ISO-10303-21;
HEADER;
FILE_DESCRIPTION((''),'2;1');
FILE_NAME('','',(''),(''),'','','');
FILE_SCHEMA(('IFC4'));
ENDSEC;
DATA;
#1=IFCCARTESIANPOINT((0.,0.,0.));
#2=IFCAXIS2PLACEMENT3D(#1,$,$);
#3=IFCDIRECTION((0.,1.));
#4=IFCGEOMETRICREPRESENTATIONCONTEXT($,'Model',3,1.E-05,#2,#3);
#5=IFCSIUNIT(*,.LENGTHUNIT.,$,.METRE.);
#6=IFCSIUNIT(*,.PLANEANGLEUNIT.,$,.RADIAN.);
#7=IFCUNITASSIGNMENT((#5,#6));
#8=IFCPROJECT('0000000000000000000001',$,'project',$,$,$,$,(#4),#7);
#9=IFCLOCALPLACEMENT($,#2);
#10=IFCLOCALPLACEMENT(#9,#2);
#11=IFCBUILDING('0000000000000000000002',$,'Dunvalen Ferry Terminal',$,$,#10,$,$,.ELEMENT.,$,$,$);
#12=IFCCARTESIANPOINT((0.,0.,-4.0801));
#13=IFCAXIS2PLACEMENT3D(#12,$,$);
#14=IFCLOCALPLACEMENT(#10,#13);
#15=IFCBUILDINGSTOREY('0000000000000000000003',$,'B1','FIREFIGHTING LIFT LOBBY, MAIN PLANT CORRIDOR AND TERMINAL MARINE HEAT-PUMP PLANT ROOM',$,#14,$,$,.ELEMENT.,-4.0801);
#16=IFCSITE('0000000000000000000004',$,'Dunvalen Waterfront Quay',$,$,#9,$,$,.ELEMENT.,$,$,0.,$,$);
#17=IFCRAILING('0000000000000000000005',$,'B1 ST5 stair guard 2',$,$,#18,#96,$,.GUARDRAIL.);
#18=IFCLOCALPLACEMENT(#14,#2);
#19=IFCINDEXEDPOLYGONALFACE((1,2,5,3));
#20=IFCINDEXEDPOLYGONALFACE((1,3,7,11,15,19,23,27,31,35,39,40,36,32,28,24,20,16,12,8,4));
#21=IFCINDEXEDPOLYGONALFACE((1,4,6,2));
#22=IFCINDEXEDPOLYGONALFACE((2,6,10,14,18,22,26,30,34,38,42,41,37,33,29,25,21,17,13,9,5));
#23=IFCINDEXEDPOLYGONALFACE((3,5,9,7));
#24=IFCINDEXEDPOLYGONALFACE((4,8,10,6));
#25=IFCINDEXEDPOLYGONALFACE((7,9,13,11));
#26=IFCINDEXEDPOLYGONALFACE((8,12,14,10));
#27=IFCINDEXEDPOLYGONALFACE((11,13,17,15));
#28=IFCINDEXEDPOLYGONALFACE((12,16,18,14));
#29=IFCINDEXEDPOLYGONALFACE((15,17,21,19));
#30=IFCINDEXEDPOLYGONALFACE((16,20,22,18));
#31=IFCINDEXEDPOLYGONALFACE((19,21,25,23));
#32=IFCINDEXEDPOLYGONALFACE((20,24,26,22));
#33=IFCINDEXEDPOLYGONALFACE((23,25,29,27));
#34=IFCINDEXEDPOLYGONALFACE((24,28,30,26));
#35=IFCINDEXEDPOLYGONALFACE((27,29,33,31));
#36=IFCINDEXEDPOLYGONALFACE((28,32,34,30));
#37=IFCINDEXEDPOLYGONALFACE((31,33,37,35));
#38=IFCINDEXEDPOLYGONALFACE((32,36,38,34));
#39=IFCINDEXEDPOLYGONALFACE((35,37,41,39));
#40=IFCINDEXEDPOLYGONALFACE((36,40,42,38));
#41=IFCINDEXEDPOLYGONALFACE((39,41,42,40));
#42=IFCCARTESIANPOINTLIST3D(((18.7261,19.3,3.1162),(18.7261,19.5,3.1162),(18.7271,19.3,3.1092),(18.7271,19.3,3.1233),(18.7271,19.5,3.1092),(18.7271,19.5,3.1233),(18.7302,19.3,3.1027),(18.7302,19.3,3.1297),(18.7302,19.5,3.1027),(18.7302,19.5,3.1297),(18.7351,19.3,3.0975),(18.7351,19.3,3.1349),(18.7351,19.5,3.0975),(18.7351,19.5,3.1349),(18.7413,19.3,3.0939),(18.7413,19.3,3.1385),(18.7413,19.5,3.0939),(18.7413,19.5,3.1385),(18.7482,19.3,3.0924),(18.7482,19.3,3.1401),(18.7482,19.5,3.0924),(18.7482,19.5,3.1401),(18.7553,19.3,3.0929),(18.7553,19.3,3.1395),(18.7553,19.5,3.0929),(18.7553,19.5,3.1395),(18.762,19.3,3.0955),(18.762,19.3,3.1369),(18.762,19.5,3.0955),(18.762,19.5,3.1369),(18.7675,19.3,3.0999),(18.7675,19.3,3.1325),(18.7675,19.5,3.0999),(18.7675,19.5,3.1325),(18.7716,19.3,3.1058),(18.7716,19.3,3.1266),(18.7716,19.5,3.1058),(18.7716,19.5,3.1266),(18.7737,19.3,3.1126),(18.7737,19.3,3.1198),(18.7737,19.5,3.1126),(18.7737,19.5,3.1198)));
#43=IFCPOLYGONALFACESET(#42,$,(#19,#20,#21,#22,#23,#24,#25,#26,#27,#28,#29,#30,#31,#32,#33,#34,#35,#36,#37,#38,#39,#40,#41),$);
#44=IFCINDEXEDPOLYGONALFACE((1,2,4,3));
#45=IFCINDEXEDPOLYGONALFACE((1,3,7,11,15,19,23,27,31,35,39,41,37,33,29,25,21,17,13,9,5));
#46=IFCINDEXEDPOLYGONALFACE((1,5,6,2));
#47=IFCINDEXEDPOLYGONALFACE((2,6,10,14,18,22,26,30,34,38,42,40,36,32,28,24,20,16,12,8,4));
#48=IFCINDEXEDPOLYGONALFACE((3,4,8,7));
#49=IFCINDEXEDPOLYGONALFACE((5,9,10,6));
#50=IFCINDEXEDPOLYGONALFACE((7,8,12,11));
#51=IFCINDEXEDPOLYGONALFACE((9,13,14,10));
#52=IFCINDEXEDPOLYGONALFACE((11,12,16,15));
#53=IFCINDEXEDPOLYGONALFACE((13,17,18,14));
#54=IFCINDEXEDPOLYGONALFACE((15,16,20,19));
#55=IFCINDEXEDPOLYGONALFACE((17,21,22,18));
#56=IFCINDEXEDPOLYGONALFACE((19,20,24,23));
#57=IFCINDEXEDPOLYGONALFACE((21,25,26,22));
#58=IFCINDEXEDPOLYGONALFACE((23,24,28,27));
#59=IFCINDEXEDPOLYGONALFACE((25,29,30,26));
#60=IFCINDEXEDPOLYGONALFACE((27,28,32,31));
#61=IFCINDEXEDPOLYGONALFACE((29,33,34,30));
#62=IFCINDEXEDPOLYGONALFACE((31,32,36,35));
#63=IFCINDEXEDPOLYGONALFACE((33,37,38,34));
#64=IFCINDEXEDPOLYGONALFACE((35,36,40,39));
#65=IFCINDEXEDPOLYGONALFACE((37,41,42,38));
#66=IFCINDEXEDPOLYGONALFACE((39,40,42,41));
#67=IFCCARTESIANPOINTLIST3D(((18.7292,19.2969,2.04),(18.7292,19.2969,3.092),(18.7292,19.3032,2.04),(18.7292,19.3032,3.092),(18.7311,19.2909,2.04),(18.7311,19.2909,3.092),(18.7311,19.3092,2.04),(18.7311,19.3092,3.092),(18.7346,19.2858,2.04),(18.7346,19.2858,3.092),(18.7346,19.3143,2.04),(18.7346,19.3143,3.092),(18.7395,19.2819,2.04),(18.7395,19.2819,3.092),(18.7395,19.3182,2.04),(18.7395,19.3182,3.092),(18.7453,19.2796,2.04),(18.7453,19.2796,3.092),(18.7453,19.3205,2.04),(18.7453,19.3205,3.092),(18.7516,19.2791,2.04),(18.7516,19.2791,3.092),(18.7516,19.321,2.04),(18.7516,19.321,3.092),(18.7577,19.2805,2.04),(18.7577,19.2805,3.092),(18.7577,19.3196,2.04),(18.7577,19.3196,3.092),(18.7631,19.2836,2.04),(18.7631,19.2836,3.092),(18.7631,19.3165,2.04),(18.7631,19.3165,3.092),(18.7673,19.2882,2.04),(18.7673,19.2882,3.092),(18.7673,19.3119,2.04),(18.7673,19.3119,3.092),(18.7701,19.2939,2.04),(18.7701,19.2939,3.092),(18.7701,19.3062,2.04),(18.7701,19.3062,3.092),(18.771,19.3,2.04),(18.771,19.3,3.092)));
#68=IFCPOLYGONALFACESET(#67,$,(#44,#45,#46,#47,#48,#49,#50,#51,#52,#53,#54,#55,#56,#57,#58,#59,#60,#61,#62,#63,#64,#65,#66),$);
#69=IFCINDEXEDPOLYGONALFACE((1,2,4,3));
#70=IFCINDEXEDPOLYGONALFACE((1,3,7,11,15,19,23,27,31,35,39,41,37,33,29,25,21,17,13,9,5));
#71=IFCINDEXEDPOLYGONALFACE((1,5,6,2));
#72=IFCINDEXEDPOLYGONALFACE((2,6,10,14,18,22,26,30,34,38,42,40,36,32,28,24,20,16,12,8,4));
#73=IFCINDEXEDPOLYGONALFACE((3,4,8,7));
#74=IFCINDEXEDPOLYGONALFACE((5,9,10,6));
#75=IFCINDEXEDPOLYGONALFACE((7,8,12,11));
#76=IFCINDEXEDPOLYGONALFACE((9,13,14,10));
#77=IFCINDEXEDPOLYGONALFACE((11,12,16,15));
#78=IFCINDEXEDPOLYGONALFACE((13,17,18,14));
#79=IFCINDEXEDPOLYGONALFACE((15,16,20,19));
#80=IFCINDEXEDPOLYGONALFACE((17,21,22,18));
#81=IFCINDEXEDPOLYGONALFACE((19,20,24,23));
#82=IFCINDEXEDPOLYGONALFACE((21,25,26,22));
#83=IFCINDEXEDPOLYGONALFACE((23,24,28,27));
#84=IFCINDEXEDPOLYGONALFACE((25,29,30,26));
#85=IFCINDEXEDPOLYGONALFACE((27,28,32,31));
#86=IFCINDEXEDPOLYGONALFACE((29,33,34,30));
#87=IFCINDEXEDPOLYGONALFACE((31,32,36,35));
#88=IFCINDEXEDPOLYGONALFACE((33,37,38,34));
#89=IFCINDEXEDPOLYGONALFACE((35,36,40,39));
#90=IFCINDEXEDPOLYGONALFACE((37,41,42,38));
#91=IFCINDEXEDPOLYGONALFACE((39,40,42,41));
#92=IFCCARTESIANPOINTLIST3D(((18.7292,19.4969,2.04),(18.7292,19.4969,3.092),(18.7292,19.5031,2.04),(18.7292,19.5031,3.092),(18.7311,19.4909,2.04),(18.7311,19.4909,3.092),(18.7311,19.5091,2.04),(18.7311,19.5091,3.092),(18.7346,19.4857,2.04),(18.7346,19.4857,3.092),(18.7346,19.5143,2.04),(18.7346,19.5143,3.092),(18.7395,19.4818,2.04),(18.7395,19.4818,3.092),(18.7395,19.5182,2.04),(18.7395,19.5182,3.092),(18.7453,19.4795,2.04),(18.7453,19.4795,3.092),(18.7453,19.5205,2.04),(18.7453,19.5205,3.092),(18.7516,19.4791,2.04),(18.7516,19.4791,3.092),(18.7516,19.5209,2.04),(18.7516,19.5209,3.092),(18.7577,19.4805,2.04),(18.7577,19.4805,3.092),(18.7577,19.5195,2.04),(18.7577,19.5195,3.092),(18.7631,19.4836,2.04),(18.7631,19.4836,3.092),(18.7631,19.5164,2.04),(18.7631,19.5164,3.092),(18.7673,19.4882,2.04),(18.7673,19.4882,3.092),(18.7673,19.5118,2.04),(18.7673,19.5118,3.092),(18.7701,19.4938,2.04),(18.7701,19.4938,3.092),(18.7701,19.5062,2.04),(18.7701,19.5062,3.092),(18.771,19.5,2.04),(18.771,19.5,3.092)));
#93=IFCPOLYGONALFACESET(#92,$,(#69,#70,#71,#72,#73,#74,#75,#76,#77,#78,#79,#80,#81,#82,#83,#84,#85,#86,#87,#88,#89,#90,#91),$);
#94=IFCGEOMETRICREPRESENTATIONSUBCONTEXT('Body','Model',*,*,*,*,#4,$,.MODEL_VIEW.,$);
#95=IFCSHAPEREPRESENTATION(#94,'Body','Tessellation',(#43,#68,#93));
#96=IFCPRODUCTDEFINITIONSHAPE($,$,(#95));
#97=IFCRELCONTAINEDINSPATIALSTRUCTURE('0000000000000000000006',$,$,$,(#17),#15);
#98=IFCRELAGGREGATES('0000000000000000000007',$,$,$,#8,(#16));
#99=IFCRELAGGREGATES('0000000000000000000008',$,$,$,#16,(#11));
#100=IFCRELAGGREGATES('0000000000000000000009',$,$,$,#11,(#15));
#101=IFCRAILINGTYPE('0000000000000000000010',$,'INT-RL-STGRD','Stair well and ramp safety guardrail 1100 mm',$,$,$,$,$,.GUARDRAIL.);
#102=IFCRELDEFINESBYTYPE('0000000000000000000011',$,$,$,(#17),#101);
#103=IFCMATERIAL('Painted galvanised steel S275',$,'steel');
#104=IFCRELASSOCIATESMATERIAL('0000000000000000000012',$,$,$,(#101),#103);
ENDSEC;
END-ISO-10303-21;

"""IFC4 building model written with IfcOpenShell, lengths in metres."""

from ifc_helpers import new_model, si_unit, direction, frame, origin, origin_2d, place, context, subcontext, project, spatial, circle, extrude, material, type_object, element, save


model = new_model("IFC4")

# Units and contexts
model_context = context("Model", 3, precision=1e-05, world=origin(), true_north=direction((0.0, 1.0)))
body_context = subcontext(model_context, "Body", "Model", "MODEL_VIEW")
ifc_project = project(units=[si_unit("LENGTHUNIT", "METRE"), si_unit("PLANEANGLEUNIT", "RADIAN")], contexts=[model_context])

# Site, building, storey
site_placement = place(None, origin())
site = spatial("IfcSite", under=ifc_project, at=site_placement, Name="Dunvalen Waterfront Quay", CompositionType="ELEMENT", RefElevation=0.0)
building_placement = place(site_placement, origin())
building = spatial("IfcBuilding", under=site, at=building_placement, Name="Dunvalen Ferry Terminal", CompositionType="ELEMENT")
storey_placement = place(building_placement, frame((0.0, 0.0, -4.0801)))
storey = spatial("IfcBuildingStorey", under=building, at=storey_placement, Name="B1", Description="FIREFIGHTING LIFT LOBBY, MAIN PLANT CORRIDOR AND TERMINAL MARINE HEAT-PUMP PLANT ROOM", CompositionType="ELEMENT", Elevation=-4.0801)

# Railing
ifc_material_1 = material(Name="Painted galvanised steel S275", Category="steel")
railing_type_1 = type_object("IfcRailingType", Name="INT-RL-STGRD", Description="Stair well and ramp safety guardrail 1100 mm", PredefinedType="GUARDRAIL", material=ifc_material_1)
railing_1_placement = place(storey_placement, frame((18.75, 19.3, 2.04)))
element("IfcRailing", 1, at=railing_1_placement, inside=storey, type_object=railing_type_1, Name="B1 ST5 stair guard 2", PredefinedType="GUARDRAIL", context=body_context, shape_type="SweptSolid", body=[
    extrude(circle(Radius=0.0239, at=origin_2d()), frame((0.0, 0.0, 1.0762), z_axis=(0.0, 1.0, 0.0), x_axis=(-1.0, 0.0, 0.0)), (0.0, 0.0, 1.0), 0.2),
    extrude(circle(Radius=0.021, at=origin_2d()), origin(), (0.0, 0.0, 1.0), 1.052),
    extrude(circle(Radius=0.021, at=origin_2d()), frame((0.0, 0.2, 0.0)), (0.0, 0.0, 1.0), 1.052),
])

save(model, "model.ifc")
